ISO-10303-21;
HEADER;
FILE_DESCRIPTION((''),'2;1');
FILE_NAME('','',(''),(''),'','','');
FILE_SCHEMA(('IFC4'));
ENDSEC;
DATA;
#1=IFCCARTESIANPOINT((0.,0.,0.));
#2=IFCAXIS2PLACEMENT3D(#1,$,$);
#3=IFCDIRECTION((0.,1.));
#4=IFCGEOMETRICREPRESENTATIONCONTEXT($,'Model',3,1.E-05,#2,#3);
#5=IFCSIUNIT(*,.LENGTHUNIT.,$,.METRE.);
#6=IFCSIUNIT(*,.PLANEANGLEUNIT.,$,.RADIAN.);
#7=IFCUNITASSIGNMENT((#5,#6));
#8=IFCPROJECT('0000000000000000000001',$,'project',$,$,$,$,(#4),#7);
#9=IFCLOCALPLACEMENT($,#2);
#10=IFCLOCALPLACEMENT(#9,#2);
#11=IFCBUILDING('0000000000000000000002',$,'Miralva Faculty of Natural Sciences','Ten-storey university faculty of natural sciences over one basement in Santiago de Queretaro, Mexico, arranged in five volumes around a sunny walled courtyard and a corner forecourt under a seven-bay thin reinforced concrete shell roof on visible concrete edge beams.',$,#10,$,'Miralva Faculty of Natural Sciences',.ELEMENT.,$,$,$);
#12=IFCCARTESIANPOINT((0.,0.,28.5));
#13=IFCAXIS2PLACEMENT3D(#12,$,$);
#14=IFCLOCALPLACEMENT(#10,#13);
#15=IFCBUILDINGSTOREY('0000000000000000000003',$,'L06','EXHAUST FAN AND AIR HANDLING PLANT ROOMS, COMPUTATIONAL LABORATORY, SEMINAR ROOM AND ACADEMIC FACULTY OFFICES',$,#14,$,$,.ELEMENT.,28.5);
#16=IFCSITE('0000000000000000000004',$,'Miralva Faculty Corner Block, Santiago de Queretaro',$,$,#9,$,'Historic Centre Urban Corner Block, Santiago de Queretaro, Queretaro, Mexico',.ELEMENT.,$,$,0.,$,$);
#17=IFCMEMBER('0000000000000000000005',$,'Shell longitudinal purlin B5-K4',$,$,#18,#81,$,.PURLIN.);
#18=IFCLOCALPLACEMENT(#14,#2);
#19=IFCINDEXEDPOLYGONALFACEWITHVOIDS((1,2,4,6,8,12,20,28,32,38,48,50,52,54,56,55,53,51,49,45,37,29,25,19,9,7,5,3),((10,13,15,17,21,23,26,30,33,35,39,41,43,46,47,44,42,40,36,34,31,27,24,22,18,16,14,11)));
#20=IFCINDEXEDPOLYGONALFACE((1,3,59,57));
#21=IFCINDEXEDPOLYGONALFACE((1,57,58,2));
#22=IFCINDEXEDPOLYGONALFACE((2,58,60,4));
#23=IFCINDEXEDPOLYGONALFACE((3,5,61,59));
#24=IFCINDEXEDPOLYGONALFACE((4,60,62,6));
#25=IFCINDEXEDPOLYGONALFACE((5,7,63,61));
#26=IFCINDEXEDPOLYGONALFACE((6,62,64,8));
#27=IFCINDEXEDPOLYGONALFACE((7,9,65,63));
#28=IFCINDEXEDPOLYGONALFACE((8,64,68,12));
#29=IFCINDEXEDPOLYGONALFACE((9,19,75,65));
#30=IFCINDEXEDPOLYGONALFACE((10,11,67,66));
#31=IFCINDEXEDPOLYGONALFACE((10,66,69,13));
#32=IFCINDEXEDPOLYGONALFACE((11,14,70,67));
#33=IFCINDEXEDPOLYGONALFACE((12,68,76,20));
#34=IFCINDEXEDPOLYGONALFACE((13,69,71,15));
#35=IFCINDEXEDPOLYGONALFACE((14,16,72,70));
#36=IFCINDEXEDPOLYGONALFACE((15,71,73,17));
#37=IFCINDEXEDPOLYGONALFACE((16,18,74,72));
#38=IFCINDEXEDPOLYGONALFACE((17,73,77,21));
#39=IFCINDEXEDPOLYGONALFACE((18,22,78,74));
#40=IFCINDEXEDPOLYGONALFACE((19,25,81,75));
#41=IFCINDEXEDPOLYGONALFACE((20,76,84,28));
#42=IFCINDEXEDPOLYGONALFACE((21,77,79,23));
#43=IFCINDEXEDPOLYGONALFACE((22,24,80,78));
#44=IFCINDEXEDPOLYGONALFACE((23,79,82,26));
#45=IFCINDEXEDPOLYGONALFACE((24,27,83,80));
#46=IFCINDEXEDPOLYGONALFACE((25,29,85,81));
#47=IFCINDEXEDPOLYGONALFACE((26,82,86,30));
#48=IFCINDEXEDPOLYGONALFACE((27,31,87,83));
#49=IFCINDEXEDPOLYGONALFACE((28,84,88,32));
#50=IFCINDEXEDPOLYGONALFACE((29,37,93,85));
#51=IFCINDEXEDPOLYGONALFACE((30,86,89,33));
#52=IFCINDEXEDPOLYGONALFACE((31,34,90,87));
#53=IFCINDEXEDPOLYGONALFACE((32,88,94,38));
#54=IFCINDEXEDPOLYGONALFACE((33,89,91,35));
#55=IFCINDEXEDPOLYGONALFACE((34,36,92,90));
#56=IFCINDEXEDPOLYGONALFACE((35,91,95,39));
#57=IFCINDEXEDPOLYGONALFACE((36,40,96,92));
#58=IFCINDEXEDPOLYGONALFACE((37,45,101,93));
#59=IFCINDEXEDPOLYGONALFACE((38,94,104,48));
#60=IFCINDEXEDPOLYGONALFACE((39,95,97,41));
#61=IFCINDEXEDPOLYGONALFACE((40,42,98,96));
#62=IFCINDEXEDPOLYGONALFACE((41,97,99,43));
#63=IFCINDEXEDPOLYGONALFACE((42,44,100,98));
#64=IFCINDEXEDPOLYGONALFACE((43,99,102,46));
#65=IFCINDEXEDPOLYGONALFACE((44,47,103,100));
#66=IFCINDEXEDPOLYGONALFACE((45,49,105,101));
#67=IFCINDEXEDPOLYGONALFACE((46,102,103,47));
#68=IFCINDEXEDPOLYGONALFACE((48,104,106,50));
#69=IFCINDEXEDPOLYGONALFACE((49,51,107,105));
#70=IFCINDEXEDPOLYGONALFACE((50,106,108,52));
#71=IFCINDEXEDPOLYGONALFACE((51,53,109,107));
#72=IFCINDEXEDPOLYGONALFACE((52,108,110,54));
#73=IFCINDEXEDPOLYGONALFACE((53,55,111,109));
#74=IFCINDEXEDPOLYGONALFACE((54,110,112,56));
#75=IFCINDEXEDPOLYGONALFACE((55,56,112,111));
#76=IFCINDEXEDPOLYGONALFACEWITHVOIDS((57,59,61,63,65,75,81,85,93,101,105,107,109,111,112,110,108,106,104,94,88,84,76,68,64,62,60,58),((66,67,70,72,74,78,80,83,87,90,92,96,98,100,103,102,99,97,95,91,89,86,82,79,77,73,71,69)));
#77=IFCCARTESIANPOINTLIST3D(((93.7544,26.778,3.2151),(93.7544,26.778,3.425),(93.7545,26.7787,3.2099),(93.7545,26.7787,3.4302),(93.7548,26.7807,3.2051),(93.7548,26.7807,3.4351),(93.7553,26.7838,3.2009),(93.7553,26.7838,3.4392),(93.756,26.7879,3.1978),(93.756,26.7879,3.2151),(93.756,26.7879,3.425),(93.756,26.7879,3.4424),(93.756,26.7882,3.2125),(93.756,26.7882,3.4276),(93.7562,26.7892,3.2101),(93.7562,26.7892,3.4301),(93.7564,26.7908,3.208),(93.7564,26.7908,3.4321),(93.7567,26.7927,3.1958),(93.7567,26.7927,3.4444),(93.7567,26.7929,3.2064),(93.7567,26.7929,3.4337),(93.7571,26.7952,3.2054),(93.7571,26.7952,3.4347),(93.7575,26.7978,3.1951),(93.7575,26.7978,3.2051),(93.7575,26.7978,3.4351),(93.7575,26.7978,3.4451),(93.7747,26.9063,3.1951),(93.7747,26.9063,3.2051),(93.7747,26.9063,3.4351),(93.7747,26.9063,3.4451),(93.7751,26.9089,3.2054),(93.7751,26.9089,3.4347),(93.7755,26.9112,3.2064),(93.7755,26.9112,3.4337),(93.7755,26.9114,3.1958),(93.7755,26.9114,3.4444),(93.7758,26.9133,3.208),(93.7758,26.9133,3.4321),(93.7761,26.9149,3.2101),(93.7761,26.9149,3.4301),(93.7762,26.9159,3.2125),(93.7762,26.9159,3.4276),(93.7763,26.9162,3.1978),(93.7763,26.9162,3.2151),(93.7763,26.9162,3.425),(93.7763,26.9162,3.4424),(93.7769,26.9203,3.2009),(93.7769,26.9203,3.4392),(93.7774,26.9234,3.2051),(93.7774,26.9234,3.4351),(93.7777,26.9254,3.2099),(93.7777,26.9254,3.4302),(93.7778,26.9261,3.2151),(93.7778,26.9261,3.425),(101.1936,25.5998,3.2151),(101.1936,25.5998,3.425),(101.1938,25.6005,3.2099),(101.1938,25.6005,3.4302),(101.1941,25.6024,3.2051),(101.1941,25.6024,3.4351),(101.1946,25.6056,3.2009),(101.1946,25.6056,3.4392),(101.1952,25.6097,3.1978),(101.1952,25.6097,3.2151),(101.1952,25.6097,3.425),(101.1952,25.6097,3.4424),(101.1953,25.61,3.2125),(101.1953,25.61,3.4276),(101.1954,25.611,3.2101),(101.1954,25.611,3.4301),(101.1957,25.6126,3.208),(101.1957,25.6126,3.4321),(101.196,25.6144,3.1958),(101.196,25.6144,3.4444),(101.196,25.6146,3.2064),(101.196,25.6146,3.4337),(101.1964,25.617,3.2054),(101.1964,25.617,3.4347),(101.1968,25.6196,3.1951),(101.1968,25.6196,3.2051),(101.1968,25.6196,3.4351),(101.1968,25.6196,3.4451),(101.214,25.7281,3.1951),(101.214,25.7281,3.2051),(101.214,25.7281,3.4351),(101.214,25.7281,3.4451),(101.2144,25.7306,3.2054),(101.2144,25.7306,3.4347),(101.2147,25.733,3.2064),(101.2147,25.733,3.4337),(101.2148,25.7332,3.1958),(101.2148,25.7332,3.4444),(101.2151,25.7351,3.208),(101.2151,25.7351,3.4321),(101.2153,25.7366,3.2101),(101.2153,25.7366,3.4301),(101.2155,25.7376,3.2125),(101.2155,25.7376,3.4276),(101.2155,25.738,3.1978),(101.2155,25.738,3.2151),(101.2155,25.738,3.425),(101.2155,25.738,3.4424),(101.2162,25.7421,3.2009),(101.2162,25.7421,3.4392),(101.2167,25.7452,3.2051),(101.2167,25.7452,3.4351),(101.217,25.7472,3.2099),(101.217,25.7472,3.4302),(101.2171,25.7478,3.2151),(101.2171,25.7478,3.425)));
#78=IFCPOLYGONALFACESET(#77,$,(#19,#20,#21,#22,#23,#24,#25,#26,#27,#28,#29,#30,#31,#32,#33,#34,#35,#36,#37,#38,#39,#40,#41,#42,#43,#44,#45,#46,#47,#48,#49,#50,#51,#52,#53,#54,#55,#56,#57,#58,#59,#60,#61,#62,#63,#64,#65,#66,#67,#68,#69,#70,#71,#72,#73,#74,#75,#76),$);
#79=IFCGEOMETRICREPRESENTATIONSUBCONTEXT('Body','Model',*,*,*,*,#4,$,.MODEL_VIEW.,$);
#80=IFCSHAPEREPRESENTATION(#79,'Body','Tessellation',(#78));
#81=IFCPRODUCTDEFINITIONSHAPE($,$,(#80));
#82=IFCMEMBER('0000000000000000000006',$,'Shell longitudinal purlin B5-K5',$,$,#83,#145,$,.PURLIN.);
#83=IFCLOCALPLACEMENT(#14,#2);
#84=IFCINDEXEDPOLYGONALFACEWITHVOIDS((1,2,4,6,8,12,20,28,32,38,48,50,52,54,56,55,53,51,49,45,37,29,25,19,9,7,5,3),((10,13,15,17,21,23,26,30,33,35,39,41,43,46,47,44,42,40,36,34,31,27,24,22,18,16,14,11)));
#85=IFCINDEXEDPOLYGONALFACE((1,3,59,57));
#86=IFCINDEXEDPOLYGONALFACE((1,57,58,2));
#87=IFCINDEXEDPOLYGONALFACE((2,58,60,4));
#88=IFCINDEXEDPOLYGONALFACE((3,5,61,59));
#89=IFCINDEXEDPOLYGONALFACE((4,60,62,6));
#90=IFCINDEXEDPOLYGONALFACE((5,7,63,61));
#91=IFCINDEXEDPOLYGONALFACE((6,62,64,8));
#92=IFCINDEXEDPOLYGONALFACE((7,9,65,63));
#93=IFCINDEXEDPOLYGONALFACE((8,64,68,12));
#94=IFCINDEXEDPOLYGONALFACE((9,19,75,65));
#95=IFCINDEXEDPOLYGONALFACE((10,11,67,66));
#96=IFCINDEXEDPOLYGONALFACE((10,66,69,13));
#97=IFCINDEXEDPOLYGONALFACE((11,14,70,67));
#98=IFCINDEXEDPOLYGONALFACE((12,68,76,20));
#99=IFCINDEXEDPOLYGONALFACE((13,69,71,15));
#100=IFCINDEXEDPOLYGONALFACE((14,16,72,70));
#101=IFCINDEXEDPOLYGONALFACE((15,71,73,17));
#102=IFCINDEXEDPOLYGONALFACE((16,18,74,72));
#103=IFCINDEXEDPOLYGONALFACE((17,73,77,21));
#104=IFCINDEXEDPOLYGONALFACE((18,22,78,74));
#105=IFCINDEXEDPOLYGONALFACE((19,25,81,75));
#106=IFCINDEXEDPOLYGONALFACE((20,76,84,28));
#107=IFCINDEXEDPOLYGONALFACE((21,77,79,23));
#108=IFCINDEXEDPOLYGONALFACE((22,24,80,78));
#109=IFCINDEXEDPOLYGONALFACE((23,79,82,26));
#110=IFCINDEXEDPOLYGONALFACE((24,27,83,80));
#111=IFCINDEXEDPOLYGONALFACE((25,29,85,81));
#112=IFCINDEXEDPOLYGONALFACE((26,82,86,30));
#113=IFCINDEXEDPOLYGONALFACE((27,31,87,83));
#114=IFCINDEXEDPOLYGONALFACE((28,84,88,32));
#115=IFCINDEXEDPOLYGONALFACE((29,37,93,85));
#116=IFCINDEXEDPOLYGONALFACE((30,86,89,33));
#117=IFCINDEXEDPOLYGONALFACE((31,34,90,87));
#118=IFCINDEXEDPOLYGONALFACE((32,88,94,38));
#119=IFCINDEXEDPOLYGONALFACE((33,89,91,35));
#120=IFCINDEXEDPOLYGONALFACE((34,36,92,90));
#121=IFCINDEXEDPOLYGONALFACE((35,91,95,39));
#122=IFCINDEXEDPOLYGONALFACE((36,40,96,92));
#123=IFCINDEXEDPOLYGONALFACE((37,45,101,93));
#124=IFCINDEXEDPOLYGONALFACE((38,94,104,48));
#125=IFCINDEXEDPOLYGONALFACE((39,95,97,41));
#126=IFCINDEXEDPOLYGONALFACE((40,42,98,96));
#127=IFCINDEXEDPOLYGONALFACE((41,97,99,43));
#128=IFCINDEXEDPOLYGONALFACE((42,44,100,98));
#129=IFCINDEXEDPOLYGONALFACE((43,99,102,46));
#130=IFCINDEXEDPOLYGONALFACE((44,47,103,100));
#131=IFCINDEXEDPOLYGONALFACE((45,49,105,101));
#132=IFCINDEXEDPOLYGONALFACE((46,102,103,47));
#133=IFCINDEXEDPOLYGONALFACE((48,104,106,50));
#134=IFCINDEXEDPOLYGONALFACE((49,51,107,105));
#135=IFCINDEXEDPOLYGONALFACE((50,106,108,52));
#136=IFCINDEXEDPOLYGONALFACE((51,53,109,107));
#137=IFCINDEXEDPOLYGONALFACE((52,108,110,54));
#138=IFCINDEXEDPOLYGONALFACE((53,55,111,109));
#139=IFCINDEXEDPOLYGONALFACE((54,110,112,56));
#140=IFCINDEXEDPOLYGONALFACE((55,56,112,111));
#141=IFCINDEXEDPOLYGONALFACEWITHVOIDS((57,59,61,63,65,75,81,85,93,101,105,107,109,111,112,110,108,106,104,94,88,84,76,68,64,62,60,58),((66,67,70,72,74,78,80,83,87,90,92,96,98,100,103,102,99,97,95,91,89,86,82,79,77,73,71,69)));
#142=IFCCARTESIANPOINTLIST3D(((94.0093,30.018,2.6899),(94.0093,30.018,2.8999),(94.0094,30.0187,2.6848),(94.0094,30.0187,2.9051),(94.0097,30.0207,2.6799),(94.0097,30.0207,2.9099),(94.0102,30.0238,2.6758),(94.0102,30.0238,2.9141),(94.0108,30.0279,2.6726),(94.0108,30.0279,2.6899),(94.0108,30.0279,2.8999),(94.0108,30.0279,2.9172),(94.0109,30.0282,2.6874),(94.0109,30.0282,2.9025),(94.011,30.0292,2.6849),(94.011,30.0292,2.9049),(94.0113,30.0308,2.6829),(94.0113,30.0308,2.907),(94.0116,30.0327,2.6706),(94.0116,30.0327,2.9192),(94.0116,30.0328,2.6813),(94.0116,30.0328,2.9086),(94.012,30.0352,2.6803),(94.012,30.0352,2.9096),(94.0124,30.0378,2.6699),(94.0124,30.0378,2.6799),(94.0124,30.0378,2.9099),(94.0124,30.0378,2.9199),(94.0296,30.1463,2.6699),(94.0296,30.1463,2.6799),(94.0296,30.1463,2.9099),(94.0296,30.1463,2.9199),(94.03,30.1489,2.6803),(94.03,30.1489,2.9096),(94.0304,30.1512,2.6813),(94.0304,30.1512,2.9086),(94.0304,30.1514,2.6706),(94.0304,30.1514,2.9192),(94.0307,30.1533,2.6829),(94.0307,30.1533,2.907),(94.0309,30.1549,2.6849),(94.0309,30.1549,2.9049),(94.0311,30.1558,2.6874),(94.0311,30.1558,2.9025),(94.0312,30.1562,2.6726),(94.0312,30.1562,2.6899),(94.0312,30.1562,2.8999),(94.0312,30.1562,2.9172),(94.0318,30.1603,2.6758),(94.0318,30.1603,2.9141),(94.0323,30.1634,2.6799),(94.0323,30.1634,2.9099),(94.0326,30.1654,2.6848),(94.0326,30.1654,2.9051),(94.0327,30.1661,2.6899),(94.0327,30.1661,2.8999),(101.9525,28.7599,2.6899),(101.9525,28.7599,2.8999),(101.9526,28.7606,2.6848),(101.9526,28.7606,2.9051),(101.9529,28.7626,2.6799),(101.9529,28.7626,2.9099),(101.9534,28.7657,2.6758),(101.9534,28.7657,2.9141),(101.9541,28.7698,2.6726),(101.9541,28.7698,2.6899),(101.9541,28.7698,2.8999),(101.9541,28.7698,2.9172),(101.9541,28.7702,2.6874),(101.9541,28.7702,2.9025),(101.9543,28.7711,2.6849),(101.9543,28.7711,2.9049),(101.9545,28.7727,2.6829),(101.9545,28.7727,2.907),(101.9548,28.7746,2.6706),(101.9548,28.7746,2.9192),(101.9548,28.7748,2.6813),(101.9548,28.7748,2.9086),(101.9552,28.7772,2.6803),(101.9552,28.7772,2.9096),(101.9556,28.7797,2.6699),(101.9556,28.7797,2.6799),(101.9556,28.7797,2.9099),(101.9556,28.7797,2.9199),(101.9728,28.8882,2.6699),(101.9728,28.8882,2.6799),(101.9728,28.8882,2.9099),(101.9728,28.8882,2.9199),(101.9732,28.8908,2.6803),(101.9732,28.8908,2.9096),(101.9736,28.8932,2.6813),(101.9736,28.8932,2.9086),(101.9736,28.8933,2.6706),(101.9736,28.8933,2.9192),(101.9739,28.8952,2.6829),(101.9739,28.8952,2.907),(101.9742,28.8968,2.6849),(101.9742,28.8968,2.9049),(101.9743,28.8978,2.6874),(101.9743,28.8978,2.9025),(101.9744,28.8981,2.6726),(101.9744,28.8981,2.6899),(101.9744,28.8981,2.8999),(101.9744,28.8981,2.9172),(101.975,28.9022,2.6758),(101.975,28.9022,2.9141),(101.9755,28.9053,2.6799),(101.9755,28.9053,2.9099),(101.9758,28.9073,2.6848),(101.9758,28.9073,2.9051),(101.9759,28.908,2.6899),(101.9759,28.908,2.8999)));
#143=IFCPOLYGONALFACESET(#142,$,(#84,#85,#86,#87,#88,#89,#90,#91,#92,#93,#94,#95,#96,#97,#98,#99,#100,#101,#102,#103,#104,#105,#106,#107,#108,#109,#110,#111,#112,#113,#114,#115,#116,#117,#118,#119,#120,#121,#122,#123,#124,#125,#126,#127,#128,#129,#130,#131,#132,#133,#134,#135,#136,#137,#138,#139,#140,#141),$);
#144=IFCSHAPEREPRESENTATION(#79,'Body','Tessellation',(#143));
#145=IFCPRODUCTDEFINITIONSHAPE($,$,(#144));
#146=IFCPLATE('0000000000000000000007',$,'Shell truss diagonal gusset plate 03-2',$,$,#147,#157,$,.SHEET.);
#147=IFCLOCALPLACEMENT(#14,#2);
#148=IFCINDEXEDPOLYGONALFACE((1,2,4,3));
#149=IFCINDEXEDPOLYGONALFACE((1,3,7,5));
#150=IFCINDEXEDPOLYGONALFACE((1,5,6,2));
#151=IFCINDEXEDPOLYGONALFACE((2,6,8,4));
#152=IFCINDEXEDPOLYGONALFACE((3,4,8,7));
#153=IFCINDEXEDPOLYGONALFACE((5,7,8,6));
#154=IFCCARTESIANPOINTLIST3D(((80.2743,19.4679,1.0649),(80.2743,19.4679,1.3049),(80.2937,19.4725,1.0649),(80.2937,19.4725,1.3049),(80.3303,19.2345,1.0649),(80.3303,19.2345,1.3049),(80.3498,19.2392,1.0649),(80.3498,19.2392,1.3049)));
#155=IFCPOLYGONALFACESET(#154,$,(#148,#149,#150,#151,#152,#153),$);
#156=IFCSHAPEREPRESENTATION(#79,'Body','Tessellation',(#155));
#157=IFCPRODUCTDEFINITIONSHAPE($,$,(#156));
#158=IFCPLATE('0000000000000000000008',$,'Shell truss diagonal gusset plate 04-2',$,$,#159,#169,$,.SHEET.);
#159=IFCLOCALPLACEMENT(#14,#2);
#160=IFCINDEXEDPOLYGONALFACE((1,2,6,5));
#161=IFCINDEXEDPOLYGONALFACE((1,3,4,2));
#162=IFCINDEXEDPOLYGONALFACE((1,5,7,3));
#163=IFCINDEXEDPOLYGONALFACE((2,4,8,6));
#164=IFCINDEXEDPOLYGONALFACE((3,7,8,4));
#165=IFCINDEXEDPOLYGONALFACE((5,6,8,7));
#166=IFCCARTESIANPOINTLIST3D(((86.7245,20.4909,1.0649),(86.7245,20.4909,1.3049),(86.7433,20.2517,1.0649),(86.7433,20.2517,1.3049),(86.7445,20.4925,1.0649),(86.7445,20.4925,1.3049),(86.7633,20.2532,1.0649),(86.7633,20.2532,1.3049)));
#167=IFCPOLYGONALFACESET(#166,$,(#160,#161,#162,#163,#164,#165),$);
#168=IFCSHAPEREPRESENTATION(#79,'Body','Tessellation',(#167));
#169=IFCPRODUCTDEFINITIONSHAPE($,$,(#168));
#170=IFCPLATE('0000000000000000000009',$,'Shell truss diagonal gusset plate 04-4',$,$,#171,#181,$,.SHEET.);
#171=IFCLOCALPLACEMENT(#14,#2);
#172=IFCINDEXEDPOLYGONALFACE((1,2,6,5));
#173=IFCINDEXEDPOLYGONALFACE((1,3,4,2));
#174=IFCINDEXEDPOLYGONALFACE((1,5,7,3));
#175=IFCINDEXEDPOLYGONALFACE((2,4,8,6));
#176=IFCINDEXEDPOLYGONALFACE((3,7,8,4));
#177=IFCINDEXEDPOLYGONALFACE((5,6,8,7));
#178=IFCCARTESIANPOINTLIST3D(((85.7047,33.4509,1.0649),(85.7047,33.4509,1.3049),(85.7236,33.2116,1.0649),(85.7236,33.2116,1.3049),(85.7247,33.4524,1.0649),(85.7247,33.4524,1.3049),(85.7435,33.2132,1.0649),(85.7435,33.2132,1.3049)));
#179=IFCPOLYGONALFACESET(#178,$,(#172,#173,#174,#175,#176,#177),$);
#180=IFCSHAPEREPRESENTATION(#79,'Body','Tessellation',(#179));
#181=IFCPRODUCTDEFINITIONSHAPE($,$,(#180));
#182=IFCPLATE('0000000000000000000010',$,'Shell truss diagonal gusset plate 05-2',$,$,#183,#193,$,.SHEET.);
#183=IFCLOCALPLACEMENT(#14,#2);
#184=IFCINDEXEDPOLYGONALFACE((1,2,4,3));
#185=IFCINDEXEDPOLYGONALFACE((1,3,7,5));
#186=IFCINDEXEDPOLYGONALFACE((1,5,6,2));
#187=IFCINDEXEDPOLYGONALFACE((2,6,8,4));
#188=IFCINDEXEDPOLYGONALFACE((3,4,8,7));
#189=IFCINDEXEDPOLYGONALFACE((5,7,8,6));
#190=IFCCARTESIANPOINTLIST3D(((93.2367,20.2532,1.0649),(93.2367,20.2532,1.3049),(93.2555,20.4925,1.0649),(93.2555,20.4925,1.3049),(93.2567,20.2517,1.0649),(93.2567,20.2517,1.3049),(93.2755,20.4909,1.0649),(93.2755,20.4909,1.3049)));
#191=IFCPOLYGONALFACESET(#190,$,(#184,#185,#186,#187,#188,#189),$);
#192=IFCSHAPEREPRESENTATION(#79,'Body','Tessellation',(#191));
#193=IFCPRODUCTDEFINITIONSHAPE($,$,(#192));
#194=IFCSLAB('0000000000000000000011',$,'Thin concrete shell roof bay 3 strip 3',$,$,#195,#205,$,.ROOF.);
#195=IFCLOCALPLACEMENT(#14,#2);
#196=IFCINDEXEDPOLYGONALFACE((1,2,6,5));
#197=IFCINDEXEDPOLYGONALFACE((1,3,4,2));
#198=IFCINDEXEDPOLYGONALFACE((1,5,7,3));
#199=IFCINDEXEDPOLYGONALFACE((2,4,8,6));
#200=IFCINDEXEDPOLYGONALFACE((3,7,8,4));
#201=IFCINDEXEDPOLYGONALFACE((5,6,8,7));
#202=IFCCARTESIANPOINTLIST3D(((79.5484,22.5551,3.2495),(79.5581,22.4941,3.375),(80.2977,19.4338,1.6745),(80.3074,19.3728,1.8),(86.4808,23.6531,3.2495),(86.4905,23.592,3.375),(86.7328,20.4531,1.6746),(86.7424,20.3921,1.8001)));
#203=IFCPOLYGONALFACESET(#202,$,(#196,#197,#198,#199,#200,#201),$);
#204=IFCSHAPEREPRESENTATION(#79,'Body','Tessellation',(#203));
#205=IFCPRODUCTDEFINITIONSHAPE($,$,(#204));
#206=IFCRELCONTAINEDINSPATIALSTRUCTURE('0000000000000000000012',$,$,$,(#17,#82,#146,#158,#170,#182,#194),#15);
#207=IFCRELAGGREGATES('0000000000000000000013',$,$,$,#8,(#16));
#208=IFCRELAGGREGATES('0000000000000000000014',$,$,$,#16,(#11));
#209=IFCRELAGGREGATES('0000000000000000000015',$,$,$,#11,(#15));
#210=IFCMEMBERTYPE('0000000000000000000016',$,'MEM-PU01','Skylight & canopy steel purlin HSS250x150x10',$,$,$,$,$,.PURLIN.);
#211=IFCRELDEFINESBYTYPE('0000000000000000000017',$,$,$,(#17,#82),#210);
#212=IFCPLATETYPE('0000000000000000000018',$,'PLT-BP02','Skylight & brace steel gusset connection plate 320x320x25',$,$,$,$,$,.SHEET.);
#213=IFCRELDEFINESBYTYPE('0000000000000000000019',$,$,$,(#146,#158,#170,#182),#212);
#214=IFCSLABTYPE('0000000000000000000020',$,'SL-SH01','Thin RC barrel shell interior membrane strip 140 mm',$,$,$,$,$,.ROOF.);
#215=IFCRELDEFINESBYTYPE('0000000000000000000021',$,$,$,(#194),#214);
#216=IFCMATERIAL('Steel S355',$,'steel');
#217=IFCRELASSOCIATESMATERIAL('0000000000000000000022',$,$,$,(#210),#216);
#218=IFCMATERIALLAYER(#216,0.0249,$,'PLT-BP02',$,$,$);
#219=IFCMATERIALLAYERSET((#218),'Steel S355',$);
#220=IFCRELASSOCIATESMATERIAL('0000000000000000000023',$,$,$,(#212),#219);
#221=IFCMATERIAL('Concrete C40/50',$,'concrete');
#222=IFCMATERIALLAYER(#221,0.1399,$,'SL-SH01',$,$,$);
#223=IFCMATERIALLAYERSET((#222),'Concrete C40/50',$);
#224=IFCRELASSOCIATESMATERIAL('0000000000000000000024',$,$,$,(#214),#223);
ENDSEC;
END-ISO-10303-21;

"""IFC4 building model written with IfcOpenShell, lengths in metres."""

from ifc_helpers import new_model, si_unit, direction, frame, origin, origin_2d, place, context, subcontext, project, spatial, polyline, rectangle, hollow_rectangle, outline, extrude, material, layer, layer_set, material_profile, profile_set, type_object, element, save


model = new_model("IFC4")

# Units and contexts
model_context = context("Model", 3, precision=1e-05, world=origin(), true_north=direction((0.0, 1.0)))
body_context = subcontext(model_context, "Body", "Model", "MODEL_VIEW")
ifc_project = project(units=[si_unit("LENGTHUNIT", "METRE"), si_unit("PLANEANGLEUNIT", "RADIAN")], contexts=[model_context])

# Site, building, storey
site_placement = place(None, origin())
site = spatial("IfcSite", under=ifc_project, at=site_placement, Name="Miralva Faculty Corner Block, Santiago de Queretaro", LongName="Historic Centre Urban Corner Block, Santiago de Queretaro, Queretaro, Mexico", CompositionType="ELEMENT", RefElevation=0.0)
building_placement = place(site_placement, origin())
building = spatial("IfcBuilding", under=site, at=building_placement, Name="Miralva Faculty of Natural Sciences", Description="Ten-storey university faculty of natural sciences over one basement in Santiago de Queretaro, Mexico, arranged in five volumes around a sunny walled courtyard and a corner forecourt under a seven-bay thin reinforced concrete shell roof on visible concrete edge beams.", LongName="Miralva Faculty of Natural Sciences", CompositionType="ELEMENT")
storey_placement = place(building_placement, frame((0.0, 0.0, 28.5)))
storey = spatial("IfcBuildingStorey", under=building, at=storey_placement, Name="L06", Description="EXHAUST FAN AND AIR HANDLING PLANT ROOMS, COMPUTATIONAL LABORATORY, SEMINAR ROOM AND ACADEMIC FACULTY OFFICES", CompositionType="ELEMENT", Elevation=28.5)

# Shared definitions
ifc_material_1 = material(Name="Concrete C40/50", Category="concrete")

# Members
ifc_material_2 = material(Name="Steel S355", Category="steel")
ifc_material_profile_1 = material_profile(ifc_material_2, hollow_rectangle(XDim=0.1499, YDim=0.25, WallThickness=0.01, InnerFilletRadius=0.01, OuterFilletRadius=0.02, at=origin_2d()), Name="HSS 250x150x10")
ifc_profile_set_1 = profile_set([ifc_material_profile_1], Name="Steel S355")
member_type = type_object("IfcMemberType", Name="MEM-PU01", Description="Skylight & canopy steel purlin HSS250x150x10", PredefinedType="PURLIN", material=ifc_profile_set_1)
member_1_placement = place(storey_placement, frame((93.7661, 26.8521, 3.3201), z_axis=(0.987689, -0.15643, 0.0), x_axis=(0.15643, 0.987689, 0.0)))
element("IfcMember", 1, at=member_1_placement, inside=storey, type_object=member_type, Name="Shell longitudinal purlin B5-K4", PredefinedType="PURLIN", context=body_context, shape_type="SweptSolid", body=[
    extrude(hollow_rectangle(XDim=0.1499, YDim=0.25, WallThickness=0.01, InnerFilletRadius=0.01, OuterFilletRadius=0.02, at=origin_2d()), origin(), (0.0, 0.0, 1.0), 7.532),
])
member_2_placement = place(storey_placement, frame((94.021, 30.092, 2.7949), z_axis=(0.987689, -0.156433, 0.0), x_axis=(0.156433, 0.987689, 0.0)))
element("IfcMember", 2, at=member_2_placement, inside=storey, type_object=member_type, Name="Shell longitudinal purlin B5-K5", PredefinedType="PURLIN", context=body_context, shape_type="SweptSolid", body=[
    extrude(hollow_rectangle(XDim=0.1499, YDim=0.25, WallThickness=0.01, InnerFilletRadius=0.01, OuterFilletRadius=0.02, at=origin_2d()), origin(), (0.0, 0.0, 1.0), 8.0422),
])

# Plates
ifc_layer_1 = layer(ifc_material_2, 0.0249, Name="PLT-BP02")
ifc_layer_set_1 = layer_set([ifc_layer_1], Name="Steel S355")
plate_type = type_object("IfcPlateType", Name="PLT-BP02", Description="Skylight & brace steel gusset connection plate 320x320x25", PredefinedType="SHEET", material=ifc_layer_set_1)
for number, where, z_axis, x_axis, name in (
    (3, (80.312, 19.3535, 1.0649), (0.0, 0.0, 1.0), (-0.233445, 0.97237, 0.0), "Shell truss diagonal gusset plate 03-2"),
    (4, (86.7439, 20.3721, 1.0649), (0.0, 0.0, 1.0), (-0.078459, 0.996917, 0.0), "Shell truss diagonal gusset plate 04-2"),
    (5, (85.7241, 33.332, 1.0649), (0.0, 0.0, 1.0), (-0.078459, 0.996917, 0.0), "Shell truss diagonal gusset plate 04-4"),
    (6, (93.2561, 20.3721, 1.0649), (0.0, 0.0, 1.0), (0.078459, 0.996917, 0.0), "Shell truss diagonal gusset plate 05-2"),
):
    element("IfcPlate", number, at=place(storey_placement, frame(where, z_axis=z_axis, x_axis=x_axis)), inside=storey, type_object=plate_type, Name=name, PredefinedType="SHEET", context=body_context, shape_type="SweptSolid", body=[
        extrude(rectangle(XDim=0.24, YDim=0.02, at=origin_2d()), origin(), (0.0, 0.0, 1.0), 0.24),
    ])

# Slab
ifc_layer_2 = layer(ifc_material_1, 0.1399, Name="SL-SH01")
ifc_layer_set_2 = layer_set([ifc_layer_2], Name="Concrete C40/50")
slab_type = type_object("IfcSlabType", Name="SL-SH01", Description="Thin RC barrel shell interior membrane strip 140 mm", PredefinedType="ROOF", material=ifc_layer_set_2)
slab_1_placement = place(storey_placement, frame((80.3074, 19.3728, 1.8), z_axis=(0.069078, -0.436145, 0.897221), x_axis=(0.987687, 0.156443, 0.000005)))
element("IfcSlab", 7, at=slab_1_placement, inside=storey, type_object=slab_type, Name="Thin concrete shell roof bay 3 strip 3", PredefinedType="ROOF", context=body_context, shape_type="SweptSolid", body=[
    extrude(outline(polyline([(0.0, 0.0), (6.5153, 0.0), (6.7671, 3.5665), (-0.2517, 3.5667), (0.0, 0.0)])), origin(), (0.0, 0.0, -1.0), 0.1399),
])

save(model, "model.ifc")
